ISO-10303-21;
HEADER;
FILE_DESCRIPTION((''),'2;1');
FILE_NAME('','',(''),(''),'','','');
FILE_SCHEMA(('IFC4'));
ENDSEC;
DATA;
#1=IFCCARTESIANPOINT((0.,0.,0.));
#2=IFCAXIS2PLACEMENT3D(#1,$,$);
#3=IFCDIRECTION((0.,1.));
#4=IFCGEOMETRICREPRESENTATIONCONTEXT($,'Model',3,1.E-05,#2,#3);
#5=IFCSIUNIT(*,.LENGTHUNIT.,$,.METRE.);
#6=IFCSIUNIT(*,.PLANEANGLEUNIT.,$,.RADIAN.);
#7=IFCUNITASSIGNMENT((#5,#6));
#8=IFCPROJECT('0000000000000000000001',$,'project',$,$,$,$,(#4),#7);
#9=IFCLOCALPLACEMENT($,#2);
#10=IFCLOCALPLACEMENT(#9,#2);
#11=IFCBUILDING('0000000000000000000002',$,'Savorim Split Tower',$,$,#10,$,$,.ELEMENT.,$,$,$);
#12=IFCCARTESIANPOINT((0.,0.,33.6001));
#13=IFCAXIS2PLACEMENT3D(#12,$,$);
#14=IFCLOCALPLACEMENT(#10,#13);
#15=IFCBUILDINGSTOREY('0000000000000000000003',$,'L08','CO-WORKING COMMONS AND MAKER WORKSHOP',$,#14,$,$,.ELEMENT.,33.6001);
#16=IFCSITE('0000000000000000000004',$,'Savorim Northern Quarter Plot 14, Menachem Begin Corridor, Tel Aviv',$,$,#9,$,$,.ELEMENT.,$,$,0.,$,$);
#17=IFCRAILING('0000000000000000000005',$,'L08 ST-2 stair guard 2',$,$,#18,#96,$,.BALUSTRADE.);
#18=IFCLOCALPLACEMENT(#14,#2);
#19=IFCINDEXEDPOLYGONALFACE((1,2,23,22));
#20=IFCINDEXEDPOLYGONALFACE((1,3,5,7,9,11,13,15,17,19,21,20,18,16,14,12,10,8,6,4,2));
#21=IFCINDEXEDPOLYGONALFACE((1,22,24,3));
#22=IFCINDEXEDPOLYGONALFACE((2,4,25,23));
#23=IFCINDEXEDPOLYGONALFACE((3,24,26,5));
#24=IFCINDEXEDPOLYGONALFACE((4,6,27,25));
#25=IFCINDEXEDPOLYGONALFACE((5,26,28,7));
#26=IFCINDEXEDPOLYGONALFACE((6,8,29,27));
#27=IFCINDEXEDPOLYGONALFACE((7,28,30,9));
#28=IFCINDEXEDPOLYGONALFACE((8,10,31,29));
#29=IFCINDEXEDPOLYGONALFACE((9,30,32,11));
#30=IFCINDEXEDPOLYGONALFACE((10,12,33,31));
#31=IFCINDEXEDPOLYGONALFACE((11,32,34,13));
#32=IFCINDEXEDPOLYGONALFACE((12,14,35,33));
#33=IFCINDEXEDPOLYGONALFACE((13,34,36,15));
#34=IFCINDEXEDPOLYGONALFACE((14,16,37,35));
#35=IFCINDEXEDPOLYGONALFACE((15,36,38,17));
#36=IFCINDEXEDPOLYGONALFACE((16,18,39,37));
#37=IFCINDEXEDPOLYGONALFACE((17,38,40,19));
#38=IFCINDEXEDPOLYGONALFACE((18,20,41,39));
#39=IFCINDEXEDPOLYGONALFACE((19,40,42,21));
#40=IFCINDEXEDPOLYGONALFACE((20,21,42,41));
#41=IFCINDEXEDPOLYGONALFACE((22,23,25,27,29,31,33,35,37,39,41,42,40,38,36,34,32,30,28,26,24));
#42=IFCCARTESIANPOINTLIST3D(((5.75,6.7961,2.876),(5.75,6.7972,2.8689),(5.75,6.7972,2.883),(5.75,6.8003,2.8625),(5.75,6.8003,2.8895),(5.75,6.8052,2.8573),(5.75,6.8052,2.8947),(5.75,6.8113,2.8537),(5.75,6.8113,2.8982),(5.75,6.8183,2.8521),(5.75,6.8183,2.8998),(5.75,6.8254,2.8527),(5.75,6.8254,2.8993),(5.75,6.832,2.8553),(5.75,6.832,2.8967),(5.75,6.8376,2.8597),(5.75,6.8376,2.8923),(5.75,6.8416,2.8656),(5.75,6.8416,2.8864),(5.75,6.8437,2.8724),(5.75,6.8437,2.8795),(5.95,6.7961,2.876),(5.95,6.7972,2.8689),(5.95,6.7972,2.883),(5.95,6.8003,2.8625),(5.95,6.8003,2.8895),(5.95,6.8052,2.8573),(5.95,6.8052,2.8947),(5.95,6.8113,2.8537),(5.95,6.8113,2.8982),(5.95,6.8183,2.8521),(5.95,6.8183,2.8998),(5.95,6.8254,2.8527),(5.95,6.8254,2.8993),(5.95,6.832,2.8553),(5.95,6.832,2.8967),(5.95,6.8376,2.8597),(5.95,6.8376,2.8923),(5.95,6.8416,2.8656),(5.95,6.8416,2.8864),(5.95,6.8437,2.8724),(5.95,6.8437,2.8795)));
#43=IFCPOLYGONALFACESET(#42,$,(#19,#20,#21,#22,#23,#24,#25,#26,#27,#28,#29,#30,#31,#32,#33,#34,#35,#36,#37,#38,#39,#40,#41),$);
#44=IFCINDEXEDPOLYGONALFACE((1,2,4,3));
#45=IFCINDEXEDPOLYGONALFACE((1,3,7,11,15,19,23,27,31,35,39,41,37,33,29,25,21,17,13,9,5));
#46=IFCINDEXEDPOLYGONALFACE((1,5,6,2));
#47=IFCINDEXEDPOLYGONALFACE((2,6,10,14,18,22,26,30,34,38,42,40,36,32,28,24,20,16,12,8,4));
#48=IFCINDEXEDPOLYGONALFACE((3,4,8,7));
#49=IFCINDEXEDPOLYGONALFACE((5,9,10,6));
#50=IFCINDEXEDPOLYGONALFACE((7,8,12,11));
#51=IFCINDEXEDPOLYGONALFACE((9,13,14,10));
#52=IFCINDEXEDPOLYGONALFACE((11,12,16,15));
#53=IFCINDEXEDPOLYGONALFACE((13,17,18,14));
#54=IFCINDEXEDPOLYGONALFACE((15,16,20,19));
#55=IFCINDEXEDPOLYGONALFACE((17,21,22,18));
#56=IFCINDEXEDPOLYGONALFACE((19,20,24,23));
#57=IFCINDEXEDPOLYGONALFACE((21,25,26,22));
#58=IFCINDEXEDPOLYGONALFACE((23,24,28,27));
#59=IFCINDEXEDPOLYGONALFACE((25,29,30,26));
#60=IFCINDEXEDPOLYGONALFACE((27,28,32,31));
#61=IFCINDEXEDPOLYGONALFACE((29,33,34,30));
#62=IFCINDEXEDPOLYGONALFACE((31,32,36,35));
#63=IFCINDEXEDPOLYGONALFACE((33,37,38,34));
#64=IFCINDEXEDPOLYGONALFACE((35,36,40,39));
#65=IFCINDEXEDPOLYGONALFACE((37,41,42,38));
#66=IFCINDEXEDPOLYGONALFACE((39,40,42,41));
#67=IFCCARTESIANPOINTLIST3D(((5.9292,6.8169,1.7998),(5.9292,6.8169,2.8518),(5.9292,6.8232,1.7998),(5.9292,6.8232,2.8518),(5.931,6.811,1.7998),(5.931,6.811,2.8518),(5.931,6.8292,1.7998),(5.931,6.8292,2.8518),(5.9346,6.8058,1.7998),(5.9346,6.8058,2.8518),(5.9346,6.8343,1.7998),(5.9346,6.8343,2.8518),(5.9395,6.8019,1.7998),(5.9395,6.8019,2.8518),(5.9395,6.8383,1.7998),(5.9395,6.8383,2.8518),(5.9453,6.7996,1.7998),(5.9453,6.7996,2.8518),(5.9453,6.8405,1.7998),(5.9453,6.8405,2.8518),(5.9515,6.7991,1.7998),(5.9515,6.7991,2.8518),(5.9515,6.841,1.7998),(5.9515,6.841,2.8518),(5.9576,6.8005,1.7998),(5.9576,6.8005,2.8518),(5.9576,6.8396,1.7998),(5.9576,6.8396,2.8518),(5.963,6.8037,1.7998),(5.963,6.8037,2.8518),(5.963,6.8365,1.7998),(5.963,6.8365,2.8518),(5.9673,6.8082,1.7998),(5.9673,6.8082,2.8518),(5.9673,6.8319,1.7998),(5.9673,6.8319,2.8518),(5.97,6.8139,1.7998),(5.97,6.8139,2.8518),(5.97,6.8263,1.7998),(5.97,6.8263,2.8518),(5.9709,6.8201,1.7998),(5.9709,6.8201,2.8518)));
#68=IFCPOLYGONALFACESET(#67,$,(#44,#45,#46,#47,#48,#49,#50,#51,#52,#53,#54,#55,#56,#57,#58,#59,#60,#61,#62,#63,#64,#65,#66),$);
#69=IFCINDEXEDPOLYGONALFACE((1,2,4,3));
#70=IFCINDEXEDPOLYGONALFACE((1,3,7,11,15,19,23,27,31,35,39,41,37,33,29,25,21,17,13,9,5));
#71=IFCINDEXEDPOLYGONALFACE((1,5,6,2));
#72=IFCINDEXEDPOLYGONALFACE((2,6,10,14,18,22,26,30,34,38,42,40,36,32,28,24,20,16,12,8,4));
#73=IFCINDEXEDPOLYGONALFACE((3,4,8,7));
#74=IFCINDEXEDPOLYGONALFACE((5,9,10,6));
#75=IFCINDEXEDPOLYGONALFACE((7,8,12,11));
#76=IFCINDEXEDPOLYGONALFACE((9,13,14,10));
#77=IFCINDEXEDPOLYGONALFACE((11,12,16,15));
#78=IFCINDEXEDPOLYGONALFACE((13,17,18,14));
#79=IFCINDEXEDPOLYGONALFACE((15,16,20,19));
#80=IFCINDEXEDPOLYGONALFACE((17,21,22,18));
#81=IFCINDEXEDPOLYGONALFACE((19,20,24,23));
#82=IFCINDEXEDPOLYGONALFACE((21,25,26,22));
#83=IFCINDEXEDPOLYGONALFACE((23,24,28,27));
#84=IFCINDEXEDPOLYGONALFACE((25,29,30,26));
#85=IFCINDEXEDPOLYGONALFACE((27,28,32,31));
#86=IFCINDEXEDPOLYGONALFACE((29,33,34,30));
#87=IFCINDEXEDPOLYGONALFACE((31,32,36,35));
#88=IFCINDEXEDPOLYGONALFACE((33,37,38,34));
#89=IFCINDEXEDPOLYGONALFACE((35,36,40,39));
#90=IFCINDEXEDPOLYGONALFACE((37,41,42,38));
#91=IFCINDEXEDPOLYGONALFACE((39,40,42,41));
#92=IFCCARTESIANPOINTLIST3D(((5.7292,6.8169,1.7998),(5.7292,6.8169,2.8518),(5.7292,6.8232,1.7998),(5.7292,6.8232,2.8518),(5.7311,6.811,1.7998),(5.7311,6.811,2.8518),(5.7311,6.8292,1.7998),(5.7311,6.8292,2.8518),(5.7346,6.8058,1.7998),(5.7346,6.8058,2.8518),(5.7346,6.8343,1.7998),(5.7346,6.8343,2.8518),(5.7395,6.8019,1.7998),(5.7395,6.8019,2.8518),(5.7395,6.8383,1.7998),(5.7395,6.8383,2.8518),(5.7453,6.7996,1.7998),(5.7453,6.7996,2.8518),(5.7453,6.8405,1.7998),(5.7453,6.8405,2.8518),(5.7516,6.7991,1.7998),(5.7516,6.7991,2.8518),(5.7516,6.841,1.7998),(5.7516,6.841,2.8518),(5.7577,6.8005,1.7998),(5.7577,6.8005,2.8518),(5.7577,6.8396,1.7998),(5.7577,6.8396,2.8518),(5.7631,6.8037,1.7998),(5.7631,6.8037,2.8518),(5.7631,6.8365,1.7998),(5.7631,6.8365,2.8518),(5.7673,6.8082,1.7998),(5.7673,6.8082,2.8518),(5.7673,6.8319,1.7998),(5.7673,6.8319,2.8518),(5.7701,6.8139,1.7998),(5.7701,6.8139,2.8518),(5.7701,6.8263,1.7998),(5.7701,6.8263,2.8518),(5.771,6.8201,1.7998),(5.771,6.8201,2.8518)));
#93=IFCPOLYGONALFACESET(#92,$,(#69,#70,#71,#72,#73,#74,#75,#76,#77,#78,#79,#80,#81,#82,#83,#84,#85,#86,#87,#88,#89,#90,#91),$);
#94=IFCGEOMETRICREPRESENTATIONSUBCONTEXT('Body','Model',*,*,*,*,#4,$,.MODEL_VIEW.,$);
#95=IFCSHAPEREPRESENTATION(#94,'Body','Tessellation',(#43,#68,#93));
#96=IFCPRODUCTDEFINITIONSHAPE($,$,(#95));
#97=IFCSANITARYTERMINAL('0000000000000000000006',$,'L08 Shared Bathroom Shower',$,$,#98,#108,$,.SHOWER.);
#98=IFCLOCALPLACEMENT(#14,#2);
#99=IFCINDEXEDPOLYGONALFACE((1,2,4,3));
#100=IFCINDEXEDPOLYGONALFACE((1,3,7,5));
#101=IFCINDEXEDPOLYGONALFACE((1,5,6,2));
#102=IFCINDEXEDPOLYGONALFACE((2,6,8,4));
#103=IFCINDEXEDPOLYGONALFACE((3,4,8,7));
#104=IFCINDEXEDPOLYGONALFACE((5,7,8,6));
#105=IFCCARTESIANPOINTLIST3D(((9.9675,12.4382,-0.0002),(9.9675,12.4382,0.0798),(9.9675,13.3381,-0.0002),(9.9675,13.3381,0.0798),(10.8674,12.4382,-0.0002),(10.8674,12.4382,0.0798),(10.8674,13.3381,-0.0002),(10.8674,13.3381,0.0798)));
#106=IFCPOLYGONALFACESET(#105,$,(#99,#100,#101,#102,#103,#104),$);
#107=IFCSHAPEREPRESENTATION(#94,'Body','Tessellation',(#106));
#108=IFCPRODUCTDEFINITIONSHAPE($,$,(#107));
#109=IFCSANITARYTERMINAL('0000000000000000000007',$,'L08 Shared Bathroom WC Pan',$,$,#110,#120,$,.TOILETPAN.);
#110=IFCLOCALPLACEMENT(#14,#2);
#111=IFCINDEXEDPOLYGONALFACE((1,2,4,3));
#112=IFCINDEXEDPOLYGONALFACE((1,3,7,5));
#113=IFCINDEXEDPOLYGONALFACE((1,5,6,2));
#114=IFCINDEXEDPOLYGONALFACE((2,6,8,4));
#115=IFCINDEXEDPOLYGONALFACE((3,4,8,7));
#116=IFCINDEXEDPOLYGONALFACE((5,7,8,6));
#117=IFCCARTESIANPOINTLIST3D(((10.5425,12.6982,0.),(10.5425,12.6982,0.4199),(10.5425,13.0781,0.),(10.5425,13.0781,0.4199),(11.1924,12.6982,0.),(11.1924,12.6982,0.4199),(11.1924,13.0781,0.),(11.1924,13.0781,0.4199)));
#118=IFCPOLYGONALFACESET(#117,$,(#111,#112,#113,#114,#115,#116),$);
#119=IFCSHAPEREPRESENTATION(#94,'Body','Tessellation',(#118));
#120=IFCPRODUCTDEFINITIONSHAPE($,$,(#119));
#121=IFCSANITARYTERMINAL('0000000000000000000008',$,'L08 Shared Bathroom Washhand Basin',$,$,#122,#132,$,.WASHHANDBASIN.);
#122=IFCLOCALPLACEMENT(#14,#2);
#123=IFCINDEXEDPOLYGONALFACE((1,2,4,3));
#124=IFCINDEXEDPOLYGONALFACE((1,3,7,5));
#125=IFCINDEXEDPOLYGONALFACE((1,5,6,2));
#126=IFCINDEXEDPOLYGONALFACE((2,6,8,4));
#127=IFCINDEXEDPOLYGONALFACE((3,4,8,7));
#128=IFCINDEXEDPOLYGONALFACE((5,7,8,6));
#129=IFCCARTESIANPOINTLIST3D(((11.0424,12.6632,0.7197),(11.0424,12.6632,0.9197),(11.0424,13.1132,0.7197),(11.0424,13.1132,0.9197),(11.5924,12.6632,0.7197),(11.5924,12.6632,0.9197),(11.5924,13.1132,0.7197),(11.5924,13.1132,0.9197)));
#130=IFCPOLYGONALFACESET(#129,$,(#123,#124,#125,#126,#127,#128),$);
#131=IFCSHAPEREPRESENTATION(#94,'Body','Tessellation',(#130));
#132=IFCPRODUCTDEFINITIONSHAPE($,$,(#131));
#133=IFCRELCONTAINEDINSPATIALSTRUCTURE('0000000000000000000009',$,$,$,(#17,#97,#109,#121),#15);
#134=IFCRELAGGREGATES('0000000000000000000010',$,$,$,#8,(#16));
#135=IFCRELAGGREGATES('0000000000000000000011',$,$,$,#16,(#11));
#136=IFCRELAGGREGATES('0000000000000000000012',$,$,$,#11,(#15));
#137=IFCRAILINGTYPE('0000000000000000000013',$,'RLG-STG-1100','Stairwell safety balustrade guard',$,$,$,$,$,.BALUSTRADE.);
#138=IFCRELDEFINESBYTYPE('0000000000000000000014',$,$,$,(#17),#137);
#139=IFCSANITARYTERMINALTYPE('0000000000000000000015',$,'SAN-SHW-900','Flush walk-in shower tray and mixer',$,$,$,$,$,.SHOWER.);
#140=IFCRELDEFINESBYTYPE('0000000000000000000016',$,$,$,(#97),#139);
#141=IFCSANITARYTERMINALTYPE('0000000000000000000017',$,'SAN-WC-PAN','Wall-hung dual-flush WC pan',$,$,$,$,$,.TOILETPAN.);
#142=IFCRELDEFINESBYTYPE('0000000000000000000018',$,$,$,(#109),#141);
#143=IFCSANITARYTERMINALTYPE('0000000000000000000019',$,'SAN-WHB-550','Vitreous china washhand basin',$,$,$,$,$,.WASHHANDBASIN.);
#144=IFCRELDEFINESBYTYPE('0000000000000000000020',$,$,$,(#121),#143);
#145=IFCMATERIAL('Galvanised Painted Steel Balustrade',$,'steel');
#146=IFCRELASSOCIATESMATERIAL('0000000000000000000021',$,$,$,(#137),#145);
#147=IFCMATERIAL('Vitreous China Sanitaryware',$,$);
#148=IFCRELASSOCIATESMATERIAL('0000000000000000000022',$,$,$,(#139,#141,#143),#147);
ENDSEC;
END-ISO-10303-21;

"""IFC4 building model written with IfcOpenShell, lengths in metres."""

from ifc_helpers import new_model, si_unit, direction, frame, origin, origin_2d, place, context, subcontext, project, spatial, rectangle, circle, extrude, material, type_object, element, save


model = new_model("IFC4")

# Units and contexts
model_context = context("Model", 3, precision=1e-05, world=origin(), true_north=direction((0.0, 1.0)))
body_context = subcontext(model_context, "Body", "Model", "MODEL_VIEW")
ifc_project = project(units=[si_unit("LENGTHUNIT", "METRE"), si_unit("PLANEANGLEUNIT", "RADIAN")], contexts=[model_context])

# Site, building, storey
site_placement = place(None, origin())
site = spatial("IfcSite", under=ifc_project, at=site_placement, Name="Savorim Northern Quarter Plot 14, Menachem Begin Corridor, Tel Aviv", CompositionType="ELEMENT", RefElevation=0.0)
building_placement = place(site_placement, origin())
building = spatial("IfcBuilding", under=site, at=building_placement, Name="Savorim Split Tower", CompositionType="ELEMENT")
storey_placement = place(building_placement, frame((0.0, 0.0, 33.6001)))
storey = spatial("IfcBuildingStorey", under=building, at=storey_placement, Name="L08", Description="CO-WORKING COMMONS AND MAKER WORKSHOP", CompositionType="ELEMENT", Elevation=33.6001)

# Railing
ifc_material_1 = material(Name="Galvanised Painted Steel Balustrade", Category="steel")
railing_type = type_object("IfcRailingType", Name="RLG-STG-1100", Description="Stairwell safety balustrade guard", PredefinedType="BALUSTRADE", material=ifc_material_1)
railing_placement = place(storey_placement, frame((5.95, 6.8201, 1.7998)))
element("IfcRailing", 1, at=railing_placement, inside=storey, type_object=railing_type, Name="L08 ST-2 stair guard 2", PredefinedType="BALUSTRADE", context=body_context, shape_type="SweptSolid", body=[
    extrude(circle(Radius=0.0239, at=origin_2d()), frame((0.0, 0.0, 1.0762), z_axis=(-1.0, 0.0, 0.0), x_axis=(0.0, -1.0, 0.0)), (0.0, 0.0, 1.0), 0.2),
    extrude(circle(Radius=0.021, at=origin_2d()), origin(), (0.0, 0.0, 1.0), 1.052),
    extrude(circle(Radius=0.021, at=origin_2d()), frame((-0.2, 0.0, 0.0)), (0.0, 0.0, 1.0), 1.052),
])

# Sanitary terminals
ifc_material_2 = material(Name="Vitreous China Sanitaryware")
sanitary_terminal_type_1 = type_object("IfcSanitaryTerminalType", Name="SAN-SHW-900", Description="Flush walk-in shower tray and mixer", PredefinedType="SHOWER", material=ifc_material_2)
sanitary_terminal_1_placement = place(storey_placement, frame((10.4175, 12.8882, -0.0002), z_axis=(0.0, 0.0, 1.0), x_axis=(1.0, 0.0, 0.0)))
element("IfcSanitaryTerminal", 2, at=sanitary_terminal_1_placement, inside=storey, type_object=sanitary_terminal_type_1, Name="L08 Shared Bathroom Shower", PredefinedType="SHOWER", context=body_context, shape_type="SweptSolid", body=[
    extrude(rectangle(XDim=0.8999, YDim=0.8999, at=origin_2d()), origin(), (0.0, 0.0, 1.0), 0.0801),
])
sanitary_terminal_type_2 = type_object("IfcSanitaryTerminalType", Name="SAN-WC-PAN", Description="Wall-hung dual-flush WC pan", PredefinedType="TOILETPAN", material=ifc_material_2)
sanitary_terminal_2_placement = place(storey_placement, frame((10.8674, 12.8882, 0.0), z_axis=(0.0, 0.0, 1.0), x_axis=(1.0, 0.0, 0.0)))
element("IfcSanitaryTerminal", 3, at=sanitary_terminal_2_placement, inside=storey, type_object=sanitary_terminal_type_2, Name="L08 Shared Bathroom WC Pan", PredefinedType="TOILETPAN", context=body_context, shape_type="SweptSolid", body=[
    extrude(rectangle(XDim=0.6499, YDim=0.3799, at=origin_2d()), origin(), (0.0, 0.0, 1.0), 0.4199),
])
sanitary_terminal_type_3 = type_object("IfcSanitaryTerminalType", Name="SAN-WHB-550", Description="Vitreous china washhand basin", PredefinedType="WASHHANDBASIN", material=ifc_material_2)
sanitary_terminal_3_placement = place(storey_placement, frame((11.3174, 12.8882, 0.7197), z_axis=(0.0, 0.0, 1.0), x_axis=(1.0, 0.0, 0.0)))
element("IfcSanitaryTerminal", 4, at=sanitary_terminal_3_placement, inside=storey, type_object=sanitary_terminal_type_3, Name="L08 Shared Bathroom Washhand Basin", PredefinedType="WASHHANDBASIN", context=body_context, shape_type="SweptSolid", body=[
    extrude(rectangle(XDim=0.55, YDim=0.45, at=origin_2d()), origin(), (0.0, 0.0, 1.0), 0.2),
])

save(model, "model.ifc")
